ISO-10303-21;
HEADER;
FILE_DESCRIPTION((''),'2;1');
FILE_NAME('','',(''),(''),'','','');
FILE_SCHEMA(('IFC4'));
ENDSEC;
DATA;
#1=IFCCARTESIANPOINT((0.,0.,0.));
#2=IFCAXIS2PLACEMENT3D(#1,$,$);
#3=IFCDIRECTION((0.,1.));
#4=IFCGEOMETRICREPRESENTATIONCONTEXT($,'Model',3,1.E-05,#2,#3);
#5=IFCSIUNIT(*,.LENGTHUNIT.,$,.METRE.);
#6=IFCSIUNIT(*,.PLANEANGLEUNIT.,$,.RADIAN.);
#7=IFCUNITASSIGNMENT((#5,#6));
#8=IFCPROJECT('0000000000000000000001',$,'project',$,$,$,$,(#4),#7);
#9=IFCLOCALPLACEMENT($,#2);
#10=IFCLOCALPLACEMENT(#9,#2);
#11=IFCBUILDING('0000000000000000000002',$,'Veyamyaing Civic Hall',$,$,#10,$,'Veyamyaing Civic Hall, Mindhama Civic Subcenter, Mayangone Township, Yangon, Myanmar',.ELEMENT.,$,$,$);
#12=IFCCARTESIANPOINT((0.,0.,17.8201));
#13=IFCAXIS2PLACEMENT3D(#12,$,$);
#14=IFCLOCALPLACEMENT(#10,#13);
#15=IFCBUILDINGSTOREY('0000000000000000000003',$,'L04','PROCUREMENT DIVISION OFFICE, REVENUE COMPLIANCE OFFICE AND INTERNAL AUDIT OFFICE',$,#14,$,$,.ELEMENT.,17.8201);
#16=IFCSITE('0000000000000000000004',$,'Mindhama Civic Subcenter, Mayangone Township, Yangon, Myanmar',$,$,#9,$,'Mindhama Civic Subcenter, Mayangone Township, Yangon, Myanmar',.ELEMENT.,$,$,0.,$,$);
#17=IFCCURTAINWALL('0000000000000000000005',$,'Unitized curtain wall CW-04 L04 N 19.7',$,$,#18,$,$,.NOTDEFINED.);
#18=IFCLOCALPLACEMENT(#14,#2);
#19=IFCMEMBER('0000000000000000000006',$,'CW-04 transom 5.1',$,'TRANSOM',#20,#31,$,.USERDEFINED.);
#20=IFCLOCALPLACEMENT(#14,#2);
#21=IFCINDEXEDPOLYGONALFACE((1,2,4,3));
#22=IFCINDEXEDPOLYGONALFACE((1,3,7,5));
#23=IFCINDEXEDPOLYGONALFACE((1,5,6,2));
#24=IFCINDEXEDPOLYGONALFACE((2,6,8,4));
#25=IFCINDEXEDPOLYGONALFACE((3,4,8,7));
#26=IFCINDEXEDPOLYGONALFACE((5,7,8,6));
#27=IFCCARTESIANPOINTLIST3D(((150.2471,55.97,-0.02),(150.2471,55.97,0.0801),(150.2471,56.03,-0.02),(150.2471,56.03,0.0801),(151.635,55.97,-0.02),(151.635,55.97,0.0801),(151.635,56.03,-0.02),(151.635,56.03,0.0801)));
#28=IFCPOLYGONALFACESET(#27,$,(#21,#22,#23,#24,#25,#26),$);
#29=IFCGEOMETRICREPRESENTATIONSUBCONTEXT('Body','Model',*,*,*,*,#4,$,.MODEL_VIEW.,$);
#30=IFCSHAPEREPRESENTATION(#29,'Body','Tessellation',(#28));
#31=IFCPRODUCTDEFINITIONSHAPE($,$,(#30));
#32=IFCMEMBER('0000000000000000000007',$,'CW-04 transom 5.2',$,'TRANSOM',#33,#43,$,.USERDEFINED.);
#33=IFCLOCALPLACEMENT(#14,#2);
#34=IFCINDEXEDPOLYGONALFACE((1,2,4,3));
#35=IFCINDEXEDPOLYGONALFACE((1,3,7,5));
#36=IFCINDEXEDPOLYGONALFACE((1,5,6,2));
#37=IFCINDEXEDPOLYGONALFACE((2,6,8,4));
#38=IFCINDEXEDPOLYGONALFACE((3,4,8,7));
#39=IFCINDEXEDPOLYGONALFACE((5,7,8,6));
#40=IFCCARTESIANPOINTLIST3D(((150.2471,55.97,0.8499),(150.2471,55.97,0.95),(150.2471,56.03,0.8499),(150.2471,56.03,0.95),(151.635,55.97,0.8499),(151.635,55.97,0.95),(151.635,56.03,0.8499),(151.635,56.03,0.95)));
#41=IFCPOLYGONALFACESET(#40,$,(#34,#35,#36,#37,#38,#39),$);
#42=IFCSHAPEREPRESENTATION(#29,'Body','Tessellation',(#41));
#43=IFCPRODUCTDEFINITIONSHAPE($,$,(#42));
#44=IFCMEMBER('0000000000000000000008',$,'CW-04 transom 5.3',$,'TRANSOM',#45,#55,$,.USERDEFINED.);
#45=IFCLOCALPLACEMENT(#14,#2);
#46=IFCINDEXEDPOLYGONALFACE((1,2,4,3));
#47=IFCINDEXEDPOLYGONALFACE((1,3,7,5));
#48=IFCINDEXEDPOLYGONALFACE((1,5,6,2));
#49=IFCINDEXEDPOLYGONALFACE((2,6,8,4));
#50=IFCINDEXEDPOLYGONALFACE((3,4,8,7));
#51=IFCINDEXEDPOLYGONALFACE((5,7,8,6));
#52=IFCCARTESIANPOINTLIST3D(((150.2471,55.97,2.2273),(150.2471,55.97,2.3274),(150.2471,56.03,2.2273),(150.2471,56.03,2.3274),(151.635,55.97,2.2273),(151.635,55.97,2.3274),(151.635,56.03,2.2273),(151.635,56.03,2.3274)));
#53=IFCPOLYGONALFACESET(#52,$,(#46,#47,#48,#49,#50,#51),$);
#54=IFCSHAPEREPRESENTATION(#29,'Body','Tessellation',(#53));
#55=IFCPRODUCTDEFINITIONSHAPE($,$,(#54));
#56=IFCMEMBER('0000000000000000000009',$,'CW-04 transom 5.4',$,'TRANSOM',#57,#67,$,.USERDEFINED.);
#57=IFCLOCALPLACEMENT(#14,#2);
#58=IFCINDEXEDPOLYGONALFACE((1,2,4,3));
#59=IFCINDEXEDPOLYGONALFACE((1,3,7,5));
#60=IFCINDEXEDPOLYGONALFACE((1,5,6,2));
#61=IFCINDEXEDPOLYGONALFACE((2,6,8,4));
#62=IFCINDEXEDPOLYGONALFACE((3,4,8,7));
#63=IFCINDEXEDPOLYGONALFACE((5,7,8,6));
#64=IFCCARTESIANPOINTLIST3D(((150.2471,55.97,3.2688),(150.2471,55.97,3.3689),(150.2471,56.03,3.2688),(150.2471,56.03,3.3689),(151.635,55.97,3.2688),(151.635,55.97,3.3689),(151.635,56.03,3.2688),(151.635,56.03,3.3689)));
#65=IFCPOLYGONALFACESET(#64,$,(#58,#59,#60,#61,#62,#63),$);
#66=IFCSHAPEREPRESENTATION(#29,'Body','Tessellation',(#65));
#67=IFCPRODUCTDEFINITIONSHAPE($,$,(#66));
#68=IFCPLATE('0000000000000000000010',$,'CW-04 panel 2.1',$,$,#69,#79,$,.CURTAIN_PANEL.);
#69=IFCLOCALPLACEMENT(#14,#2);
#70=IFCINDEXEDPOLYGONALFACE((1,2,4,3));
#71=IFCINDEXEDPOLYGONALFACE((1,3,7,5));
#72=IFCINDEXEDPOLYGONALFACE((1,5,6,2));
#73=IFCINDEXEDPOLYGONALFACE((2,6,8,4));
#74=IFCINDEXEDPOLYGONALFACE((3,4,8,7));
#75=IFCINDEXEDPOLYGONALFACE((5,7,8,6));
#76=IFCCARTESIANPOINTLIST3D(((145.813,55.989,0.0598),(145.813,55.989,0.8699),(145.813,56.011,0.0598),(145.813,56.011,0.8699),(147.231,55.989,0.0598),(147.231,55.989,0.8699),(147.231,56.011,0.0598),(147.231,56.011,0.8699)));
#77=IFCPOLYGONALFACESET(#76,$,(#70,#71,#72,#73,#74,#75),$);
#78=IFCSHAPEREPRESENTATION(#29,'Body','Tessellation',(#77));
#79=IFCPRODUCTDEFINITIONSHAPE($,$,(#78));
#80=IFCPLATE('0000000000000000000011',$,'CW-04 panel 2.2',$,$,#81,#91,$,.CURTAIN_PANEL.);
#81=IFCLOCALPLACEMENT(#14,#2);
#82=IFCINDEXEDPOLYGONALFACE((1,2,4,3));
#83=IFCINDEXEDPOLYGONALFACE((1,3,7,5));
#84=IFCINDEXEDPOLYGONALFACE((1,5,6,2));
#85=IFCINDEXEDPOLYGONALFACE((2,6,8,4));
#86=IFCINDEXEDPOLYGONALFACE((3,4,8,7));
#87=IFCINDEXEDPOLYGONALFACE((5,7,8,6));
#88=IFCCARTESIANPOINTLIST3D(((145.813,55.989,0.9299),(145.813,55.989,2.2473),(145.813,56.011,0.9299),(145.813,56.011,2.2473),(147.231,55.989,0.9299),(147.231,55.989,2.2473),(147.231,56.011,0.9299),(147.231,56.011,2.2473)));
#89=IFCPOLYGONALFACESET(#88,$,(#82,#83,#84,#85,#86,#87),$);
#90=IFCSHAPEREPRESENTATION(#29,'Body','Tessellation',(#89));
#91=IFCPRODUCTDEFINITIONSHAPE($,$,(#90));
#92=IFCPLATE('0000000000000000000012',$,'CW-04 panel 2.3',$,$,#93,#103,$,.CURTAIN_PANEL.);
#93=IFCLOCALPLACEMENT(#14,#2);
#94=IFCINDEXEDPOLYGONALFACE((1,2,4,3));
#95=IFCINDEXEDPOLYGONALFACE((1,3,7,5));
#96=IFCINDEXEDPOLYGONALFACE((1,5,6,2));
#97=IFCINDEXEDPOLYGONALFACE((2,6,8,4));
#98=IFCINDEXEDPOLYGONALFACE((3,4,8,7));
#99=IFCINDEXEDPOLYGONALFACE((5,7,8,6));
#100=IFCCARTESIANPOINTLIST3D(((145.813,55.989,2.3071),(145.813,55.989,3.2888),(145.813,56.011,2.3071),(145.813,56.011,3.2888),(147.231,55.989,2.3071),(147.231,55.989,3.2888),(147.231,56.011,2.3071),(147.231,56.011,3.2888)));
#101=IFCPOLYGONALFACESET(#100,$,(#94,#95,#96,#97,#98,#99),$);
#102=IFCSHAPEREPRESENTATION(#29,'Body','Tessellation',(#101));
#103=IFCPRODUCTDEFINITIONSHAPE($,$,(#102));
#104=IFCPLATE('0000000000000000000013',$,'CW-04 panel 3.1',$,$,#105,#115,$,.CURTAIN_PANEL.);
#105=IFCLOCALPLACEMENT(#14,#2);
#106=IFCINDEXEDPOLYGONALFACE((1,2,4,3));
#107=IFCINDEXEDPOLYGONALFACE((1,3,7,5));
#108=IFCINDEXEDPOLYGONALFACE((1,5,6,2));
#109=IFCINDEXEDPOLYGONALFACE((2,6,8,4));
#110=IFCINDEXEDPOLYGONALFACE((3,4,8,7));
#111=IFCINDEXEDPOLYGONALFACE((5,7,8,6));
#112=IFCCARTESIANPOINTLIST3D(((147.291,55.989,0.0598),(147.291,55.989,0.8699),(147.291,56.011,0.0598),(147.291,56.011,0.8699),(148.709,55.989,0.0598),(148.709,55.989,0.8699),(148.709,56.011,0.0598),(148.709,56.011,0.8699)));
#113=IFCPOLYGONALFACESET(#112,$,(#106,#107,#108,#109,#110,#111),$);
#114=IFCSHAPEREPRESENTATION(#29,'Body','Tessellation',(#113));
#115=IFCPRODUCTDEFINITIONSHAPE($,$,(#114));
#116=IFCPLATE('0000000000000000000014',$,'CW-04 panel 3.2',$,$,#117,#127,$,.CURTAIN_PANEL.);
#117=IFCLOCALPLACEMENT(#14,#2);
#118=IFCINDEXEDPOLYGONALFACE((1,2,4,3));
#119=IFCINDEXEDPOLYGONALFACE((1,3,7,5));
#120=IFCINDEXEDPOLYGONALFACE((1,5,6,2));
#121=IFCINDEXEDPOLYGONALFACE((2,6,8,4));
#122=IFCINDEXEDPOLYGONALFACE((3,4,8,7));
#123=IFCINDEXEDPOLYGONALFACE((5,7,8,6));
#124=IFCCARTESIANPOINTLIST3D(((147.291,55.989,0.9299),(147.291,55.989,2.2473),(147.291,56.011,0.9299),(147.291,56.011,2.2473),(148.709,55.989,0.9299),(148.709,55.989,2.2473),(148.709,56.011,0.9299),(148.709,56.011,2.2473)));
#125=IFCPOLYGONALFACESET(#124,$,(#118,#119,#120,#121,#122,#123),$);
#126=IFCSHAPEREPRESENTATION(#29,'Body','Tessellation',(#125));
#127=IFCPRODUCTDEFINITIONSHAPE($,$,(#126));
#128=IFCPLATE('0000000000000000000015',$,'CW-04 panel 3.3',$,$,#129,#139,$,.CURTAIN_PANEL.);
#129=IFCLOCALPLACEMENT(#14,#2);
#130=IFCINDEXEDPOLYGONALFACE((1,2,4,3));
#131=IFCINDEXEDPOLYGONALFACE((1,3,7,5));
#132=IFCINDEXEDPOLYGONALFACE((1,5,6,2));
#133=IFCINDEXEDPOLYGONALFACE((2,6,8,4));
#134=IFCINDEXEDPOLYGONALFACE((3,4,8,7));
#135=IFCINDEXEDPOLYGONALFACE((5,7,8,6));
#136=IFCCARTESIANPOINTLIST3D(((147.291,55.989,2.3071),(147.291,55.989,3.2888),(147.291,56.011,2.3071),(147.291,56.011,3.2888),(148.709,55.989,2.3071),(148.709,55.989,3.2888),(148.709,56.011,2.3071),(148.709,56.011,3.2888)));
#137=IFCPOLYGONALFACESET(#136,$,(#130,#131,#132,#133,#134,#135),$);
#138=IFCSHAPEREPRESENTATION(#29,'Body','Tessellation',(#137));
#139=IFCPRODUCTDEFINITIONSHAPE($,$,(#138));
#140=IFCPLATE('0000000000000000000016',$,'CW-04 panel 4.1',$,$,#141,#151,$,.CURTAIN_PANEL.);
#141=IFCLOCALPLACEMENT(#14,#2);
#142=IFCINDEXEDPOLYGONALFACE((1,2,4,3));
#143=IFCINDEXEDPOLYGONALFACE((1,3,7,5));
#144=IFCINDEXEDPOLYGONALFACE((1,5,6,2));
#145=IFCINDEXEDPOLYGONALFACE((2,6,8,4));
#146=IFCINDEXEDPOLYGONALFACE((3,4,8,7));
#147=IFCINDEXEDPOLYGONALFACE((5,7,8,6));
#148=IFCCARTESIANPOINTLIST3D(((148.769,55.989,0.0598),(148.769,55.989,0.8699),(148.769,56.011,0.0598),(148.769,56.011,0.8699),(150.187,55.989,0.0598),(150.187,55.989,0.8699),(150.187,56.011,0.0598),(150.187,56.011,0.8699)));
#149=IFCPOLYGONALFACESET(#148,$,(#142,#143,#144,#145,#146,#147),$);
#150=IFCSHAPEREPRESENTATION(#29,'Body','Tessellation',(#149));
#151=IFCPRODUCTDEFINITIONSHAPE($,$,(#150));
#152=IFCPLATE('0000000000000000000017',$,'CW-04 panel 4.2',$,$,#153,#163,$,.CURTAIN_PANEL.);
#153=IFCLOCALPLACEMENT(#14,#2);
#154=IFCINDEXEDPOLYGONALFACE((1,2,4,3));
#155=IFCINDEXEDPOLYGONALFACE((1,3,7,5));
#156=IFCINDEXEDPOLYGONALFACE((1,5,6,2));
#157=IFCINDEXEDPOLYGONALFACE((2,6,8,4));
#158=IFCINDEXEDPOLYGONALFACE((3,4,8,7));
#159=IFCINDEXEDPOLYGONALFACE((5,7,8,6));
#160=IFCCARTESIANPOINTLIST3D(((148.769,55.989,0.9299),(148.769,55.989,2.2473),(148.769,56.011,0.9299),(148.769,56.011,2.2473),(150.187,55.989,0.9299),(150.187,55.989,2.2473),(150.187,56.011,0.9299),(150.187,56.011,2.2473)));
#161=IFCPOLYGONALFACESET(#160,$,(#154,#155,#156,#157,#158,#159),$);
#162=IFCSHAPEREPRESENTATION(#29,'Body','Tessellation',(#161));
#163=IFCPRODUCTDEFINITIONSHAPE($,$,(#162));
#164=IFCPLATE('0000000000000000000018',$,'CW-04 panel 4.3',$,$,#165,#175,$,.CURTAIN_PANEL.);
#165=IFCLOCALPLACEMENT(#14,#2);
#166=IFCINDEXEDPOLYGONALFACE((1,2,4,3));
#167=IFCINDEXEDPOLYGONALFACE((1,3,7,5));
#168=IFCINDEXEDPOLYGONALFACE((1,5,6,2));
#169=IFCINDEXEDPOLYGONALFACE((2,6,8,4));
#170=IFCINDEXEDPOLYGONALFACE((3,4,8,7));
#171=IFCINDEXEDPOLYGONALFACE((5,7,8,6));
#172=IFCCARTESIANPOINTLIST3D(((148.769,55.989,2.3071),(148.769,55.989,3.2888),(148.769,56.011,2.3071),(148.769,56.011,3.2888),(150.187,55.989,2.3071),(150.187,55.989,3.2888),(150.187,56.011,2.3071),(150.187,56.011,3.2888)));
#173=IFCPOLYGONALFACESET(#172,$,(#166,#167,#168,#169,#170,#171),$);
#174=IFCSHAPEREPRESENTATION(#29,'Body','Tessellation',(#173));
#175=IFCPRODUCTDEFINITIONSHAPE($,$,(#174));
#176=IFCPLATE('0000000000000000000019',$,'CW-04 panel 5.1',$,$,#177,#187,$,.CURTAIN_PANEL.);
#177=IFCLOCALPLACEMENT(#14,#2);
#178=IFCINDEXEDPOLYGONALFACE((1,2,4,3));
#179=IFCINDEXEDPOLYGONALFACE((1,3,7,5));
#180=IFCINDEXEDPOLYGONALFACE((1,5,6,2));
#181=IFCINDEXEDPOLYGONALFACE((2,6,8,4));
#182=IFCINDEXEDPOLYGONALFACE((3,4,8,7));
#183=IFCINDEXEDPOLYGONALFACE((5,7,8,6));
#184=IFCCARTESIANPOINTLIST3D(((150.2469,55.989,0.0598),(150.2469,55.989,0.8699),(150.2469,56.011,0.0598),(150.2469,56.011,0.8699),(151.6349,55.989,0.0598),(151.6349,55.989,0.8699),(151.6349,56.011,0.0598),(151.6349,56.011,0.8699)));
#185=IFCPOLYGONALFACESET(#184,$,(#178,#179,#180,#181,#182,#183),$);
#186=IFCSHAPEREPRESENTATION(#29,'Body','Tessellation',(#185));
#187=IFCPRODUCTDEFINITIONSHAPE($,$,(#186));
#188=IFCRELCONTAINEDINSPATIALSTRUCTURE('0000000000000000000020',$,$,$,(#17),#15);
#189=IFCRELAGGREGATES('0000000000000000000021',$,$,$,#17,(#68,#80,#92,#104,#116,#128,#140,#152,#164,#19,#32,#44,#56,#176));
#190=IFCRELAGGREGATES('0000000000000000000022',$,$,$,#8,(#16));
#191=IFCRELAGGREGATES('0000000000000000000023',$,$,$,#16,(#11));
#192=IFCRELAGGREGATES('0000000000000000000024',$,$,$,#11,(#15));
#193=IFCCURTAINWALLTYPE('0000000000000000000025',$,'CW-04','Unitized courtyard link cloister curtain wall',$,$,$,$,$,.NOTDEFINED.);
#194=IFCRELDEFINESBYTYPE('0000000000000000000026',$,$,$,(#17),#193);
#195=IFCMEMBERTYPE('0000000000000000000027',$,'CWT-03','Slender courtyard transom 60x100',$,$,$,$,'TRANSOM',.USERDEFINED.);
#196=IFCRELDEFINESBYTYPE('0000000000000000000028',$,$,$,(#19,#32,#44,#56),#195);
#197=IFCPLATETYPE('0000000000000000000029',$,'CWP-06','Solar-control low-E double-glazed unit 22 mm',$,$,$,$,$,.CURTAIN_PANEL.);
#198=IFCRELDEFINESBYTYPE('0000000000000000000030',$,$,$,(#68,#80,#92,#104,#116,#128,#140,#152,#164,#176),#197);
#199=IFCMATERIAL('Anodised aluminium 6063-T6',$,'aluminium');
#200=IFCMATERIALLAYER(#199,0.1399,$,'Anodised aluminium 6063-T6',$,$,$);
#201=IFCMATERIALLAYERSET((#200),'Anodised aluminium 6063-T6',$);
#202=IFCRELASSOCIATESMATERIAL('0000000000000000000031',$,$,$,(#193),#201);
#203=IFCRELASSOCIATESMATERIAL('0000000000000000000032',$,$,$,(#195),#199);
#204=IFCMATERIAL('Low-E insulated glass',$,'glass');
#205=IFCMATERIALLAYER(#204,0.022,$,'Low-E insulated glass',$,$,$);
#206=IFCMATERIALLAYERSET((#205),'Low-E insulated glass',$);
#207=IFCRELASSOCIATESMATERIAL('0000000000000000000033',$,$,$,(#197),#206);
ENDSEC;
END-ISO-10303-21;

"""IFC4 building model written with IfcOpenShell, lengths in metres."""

from ifc_helpers import new_model, si_unit, direction, frame, origin, origin_2d, place, context, subcontext, project, spatial, rectangle, extrude, material, layer, layer_set, material_profile, profile_set, type_object, element, aggregate, save


model = new_model("IFC4")

# Units and contexts
model_context = context("Model", 3, precision=1e-05, world=origin(), true_north=direction((0.0, 1.0)))
body_context = subcontext(model_context, "Body", "Model", "MODEL_VIEW")
ifc_project = project(units=[si_unit("LENGTHUNIT", "METRE"), si_unit("PLANEANGLEUNIT", "RADIAN")], contexts=[model_context])

# Site, building, storey
site_placement = place(None, origin())
site = spatial("IfcSite", under=ifc_project, at=site_placement, Name="Mindhama Civic Subcenter, Mayangone Township, Yangon, Myanmar", LongName="Mindhama Civic Subcenter, Mayangone Township, Yangon, Myanmar", CompositionType="ELEMENT", RefElevation=0.0)
building_placement = place(site_placement, origin())
building = spatial("IfcBuilding", under=site, at=building_placement, Name="Veyamyaing Civic Hall", LongName="Veyamyaing Civic Hall, Mindhama Civic Subcenter, Mayangone Township, Yangon, Myanmar", CompositionType="ELEMENT")
storey_placement = place(building_placement, frame((0.0, 0.0, 17.8201)))
storey = spatial("IfcBuildingStorey", under=building, at=storey_placement, Name="L04", Description="PROCUREMENT DIVISION OFFICE, REVENUE COMPLIANCE OFFICE AND INTERNAL AUDIT OFFICE", CompositionType="ELEMENT", Elevation=17.8201)

# Curtain wall, members, plates
ifc_material_1 = material(Name="Anodised aluminium 6063-T6", Category="aluminium")
ifc_layer_1 = layer(ifc_material_1, 0.1399, Name="Anodised aluminium 6063-T6")
ifc_layer_set_1 = layer_set([ifc_layer_1], Name="Anodised aluminium 6063-T6")
curtain_wall_type = type_object("IfcCurtainWallType", Name="CW-04", Description="Unitized courtyard link cloister curtain wall", PredefinedType="NOTDEFINED", material=ifc_layer_set_1)
curtain_wall_placement = place(storey_placement, origin())
curtain_wall = element("IfcCurtainWall", 1, at=curtain_wall_placement, inside=storey, type_object=curtain_wall_type, Name="Unitized curtain wall CW-04 L04 N 19.7", PredefinedType="NOTDEFINED")
ifc_material_profile_1 = material_profile(ifc_material_1, rectangle(XDim=0.0601, YDim=0.1001, at=origin_2d()), Name="ALU-TRN-60X100")
ifc_profile_set_1 = profile_set([ifc_material_profile_1], Name="Anodised aluminium 6063-T6")
member_type_1 = type_object("IfcMemberType", Name="CWT-03", Description="Slender courtyard transom 60x100", ElementType="TRANSOM", PredefinedType="USERDEFINED", material=ifc_profile_set_1)
member_1_placement = place(storey_placement, frame((150.2471, 56.0, 0.03), z_axis=(1.0, 0.0, 0.0), x_axis=(0.0, 1.0, 0.0)))
member_1 = element("IfcMember", 2, at=member_1_placement, type_object=member_type_1, Name="CW-04 transom 5.1", ObjectType="TRANSOM", PredefinedType="USERDEFINED", context=body_context, shape_type="SweptSolid", body=[
    extrude(rectangle(XDim=0.0601, YDim=0.1001, at=origin_2d()), origin(), (0.0, 0.0, 1.0), 1.3879),
])
member_2_placement = place(storey_placement, frame((150.2471, 56.0, 0.8999), z_axis=(1.0, 0.0, 0.0), x_axis=(0.0, 1.0, 0.0)))
member_2 = element("IfcMember", 3, at=member_2_placement, type_object=member_type_1, Name="CW-04 transom 5.2", ObjectType="TRANSOM", PredefinedType="USERDEFINED", context=body_context, shape_type="SweptSolid", body=[
    extrude(rectangle(XDim=0.0601, YDim=0.1001, at=origin_2d()), origin(), (0.0, 0.0, 1.0), 1.3879),
])
member_3_placement = place(storey_placement, frame((150.2471, 56.0, 2.2773), z_axis=(1.0, 0.0, 0.0), x_axis=(0.0, 1.0, 0.0)))
member_3 = element("IfcMember", 4, at=member_3_placement, type_object=member_type_1, Name="CW-04 transom 5.3", ObjectType="TRANSOM", PredefinedType="USERDEFINED", context=body_context, shape_type="SweptSolid", body=[
    extrude(rectangle(XDim=0.0601, YDim=0.1001, at=origin_2d()), origin(), (0.0, 0.0, 1.0), 1.3879),
])
member_4_placement = place(storey_placement, frame((150.2471, 56.0, 3.3188), z_axis=(1.0, 0.0, 0.0), x_axis=(0.0, 1.0, 0.0)))
member_4 = element("IfcMember", 5, at=member_4_placement, type_object=member_type_1, Name="CW-04 transom 5.4", ObjectType="TRANSOM", PredefinedType="USERDEFINED", context=body_context, shape_type="SweptSolid", body=[
    extrude(rectangle(XDim=0.0601, YDim=0.1001, at=origin_2d()), origin(), (0.0, 0.0, 1.0), 1.3879),
])
ifc_material_2 = material(Name="Low-E insulated glass", Category="glass")
ifc_layer_2 = layer(ifc_material_2, 0.022, Name="Low-E insulated glass")
ifc_layer_set_2 = layer_set([ifc_layer_2], Name="Low-E insulated glass")
plate_type = type_object("IfcPlateType", Name="CWP-06", Description="Solar-control low-E double-glazed unit 22 mm", PredefinedType="CURTAIN_PANEL", material=ifc_layer_set_2)
plate_1_placement = place(storey_placement, frame((146.522, 56.0, 0.0598), z_axis=(0.0, 0.0, 1.0), x_axis=(1.0, 0.0, 0.0)))
plate_1 = element("IfcPlate", 6, at=plate_1_placement, type_object=plate_type, Name="CW-04 panel 2.1", PredefinedType="CURTAIN_PANEL", context=body_context, shape_type="SweptSolid", body=[
    extrude(rectangle(XDim=1.418, YDim=0.022, at=origin_2d()), origin(), (0.0, 0.0, 1.0), 0.8101),
])
plate_2_placement = place(storey_placement, frame((146.522, 56.0, 0.9299), z_axis=(0.0, 0.0, 1.0), x_axis=(1.0, 0.0, 0.0)))
plate_2 = element("IfcPlate", 7, at=plate_2_placement, type_object=plate_type, Name="CW-04 panel 2.2", PredefinedType="CURTAIN_PANEL", context=body_context, shape_type="SweptSolid", body=[
    extrude(rectangle(XDim=1.418, YDim=0.022, at=origin_2d()), origin(), (0.0, 0.0, 1.0), 1.3174),
])
plate_3_placement = place(storey_placement, frame((146.522, 56.0, 2.3071), z_axis=(0.0, 0.0, 1.0), x_axis=(1.0, 0.0, 0.0)))
plate_3 = element("IfcPlate", 8, at=plate_3_placement, type_object=plate_type, Name="CW-04 panel 2.3", PredefinedType="CURTAIN_PANEL", context=body_context, shape_type="SweptSolid", body=[
    extrude(rectangle(XDim=1.418, YDim=0.022, at=origin_2d()), origin(), (0.0, 0.0, 1.0), 0.9817),
])
plate_4_placement = place(storey_placement, frame((148.0, 56.0, 0.0598), z_axis=(0.0, 0.0, 1.0), x_axis=(1.0, 0.0, 0.0)))
plate_4 = element("IfcPlate", 9, at=plate_4_placement, type_object=plate_type, Name="CW-04 panel 3.1", PredefinedType="CURTAIN_PANEL", context=body_context, shape_type="SweptSolid", body=[
    extrude(rectangle(XDim=1.418, YDim=0.022, at=origin_2d()), origin(), (0.0, 0.0, 1.0), 0.8101),
])
plate_5_placement = place(storey_placement, frame((148.0, 56.0, 0.9299), z_axis=(0.0, 0.0, 1.0), x_axis=(1.0, 0.0, 0.0)))
plate_5 = element("IfcPlate", 10, at=plate_5_placement, type_object=plate_type, Name="CW-04 panel 3.2", PredefinedType="CURTAIN_PANEL", context=body_context, shape_type="SweptSolid", body=[
    extrude(rectangle(XDim=1.418, YDim=0.022, at=origin_2d()), origin(), (0.0, 0.0, 1.0), 1.3174),
])
plate_6_placement = place(storey_placement, frame((148.0, 56.0, 2.3071), z_axis=(0.0, 0.0, 1.0), x_axis=(1.0, 0.0, 0.0)))
plate_6 = element("IfcPlate", 11, at=plate_6_placement, type_object=plate_type, Name="CW-04 panel 3.3", PredefinedType="CURTAIN_PANEL", context=body_context, shape_type="SweptSolid", body=[
    extrude(rectangle(XDim=1.418, YDim=0.022, at=origin_2d()), origin(), (0.0, 0.0, 1.0), 0.9817),
])
plate_7_placement = place(storey_placement, frame((149.478, 56.0, 0.0598), z_axis=(0.0, 0.0, 1.0), x_axis=(1.0, 0.0, 0.0)))
plate_7 = element("IfcPlate", 12, at=plate_7_placement, type_object=plate_type, Name="CW-04 panel 4.1", PredefinedType="CURTAIN_PANEL", context=body_context, shape_type="SweptSolid", body=[
    extrude(rectangle(XDim=1.418, YDim=0.022, at=origin_2d()), origin(), (0.0, 0.0, 1.0), 0.8101),
])
plate_8_placement = place(storey_placement, frame((149.478, 56.0, 0.9299), z_axis=(0.0, 0.0, 1.0), x_axis=(1.0, 0.0, 0.0)))
plate_8 = element("IfcPlate", 13, at=plate_8_placement, type_object=plate_type, Name="CW-04 panel 4.2", PredefinedType="CURTAIN_PANEL", context=body_context, shape_type="SweptSolid", body=[
    extrude(rectangle(XDim=1.418, YDim=0.022, at=origin_2d()), origin(), (0.0, 0.0, 1.0), 1.3174),
])
plate_9_placement = place(storey_placement, frame((149.478, 56.0, 2.3071), z_axis=(0.0, 0.0, 1.0), x_axis=(1.0, 0.0, 0.0)))
plate_9 = element("IfcPlate", 14, at=plate_9_placement, type_object=plate_type, Name="CW-04 panel 4.3", PredefinedType="CURTAIN_PANEL", context=body_context, shape_type="SweptSolid", body=[
    extrude(rectangle(XDim=1.418, YDim=0.022, at=origin_2d()), origin(), (0.0, 0.0, 1.0), 0.9817),
])
plate_10_placement = place(storey_placement, frame((150.9409, 56.0, 0.0598), z_axis=(0.0, 0.0, 1.0), x_axis=(1.0, 0.0, 0.0)))
plate_10 = element("IfcPlate", 15, at=plate_10_placement, type_object=plate_type, Name="CW-04 panel 5.1", PredefinedType="CURTAIN_PANEL", context=body_context, shape_type="SweptSolid", body=[
    extrude(rectangle(XDim=1.3879, YDim=0.022, at=origin_2d()), origin(), (0.0, 0.0, 1.0), 0.8101),
])
aggregate(curtain_wall, [plate_1, plate_2, plate_3, plate_4, plate_5, plate_6, plate_7, plate_8, plate_9, member_1, member_2, member_3, member_4, plate_10])

save(model, "model.ifc")
